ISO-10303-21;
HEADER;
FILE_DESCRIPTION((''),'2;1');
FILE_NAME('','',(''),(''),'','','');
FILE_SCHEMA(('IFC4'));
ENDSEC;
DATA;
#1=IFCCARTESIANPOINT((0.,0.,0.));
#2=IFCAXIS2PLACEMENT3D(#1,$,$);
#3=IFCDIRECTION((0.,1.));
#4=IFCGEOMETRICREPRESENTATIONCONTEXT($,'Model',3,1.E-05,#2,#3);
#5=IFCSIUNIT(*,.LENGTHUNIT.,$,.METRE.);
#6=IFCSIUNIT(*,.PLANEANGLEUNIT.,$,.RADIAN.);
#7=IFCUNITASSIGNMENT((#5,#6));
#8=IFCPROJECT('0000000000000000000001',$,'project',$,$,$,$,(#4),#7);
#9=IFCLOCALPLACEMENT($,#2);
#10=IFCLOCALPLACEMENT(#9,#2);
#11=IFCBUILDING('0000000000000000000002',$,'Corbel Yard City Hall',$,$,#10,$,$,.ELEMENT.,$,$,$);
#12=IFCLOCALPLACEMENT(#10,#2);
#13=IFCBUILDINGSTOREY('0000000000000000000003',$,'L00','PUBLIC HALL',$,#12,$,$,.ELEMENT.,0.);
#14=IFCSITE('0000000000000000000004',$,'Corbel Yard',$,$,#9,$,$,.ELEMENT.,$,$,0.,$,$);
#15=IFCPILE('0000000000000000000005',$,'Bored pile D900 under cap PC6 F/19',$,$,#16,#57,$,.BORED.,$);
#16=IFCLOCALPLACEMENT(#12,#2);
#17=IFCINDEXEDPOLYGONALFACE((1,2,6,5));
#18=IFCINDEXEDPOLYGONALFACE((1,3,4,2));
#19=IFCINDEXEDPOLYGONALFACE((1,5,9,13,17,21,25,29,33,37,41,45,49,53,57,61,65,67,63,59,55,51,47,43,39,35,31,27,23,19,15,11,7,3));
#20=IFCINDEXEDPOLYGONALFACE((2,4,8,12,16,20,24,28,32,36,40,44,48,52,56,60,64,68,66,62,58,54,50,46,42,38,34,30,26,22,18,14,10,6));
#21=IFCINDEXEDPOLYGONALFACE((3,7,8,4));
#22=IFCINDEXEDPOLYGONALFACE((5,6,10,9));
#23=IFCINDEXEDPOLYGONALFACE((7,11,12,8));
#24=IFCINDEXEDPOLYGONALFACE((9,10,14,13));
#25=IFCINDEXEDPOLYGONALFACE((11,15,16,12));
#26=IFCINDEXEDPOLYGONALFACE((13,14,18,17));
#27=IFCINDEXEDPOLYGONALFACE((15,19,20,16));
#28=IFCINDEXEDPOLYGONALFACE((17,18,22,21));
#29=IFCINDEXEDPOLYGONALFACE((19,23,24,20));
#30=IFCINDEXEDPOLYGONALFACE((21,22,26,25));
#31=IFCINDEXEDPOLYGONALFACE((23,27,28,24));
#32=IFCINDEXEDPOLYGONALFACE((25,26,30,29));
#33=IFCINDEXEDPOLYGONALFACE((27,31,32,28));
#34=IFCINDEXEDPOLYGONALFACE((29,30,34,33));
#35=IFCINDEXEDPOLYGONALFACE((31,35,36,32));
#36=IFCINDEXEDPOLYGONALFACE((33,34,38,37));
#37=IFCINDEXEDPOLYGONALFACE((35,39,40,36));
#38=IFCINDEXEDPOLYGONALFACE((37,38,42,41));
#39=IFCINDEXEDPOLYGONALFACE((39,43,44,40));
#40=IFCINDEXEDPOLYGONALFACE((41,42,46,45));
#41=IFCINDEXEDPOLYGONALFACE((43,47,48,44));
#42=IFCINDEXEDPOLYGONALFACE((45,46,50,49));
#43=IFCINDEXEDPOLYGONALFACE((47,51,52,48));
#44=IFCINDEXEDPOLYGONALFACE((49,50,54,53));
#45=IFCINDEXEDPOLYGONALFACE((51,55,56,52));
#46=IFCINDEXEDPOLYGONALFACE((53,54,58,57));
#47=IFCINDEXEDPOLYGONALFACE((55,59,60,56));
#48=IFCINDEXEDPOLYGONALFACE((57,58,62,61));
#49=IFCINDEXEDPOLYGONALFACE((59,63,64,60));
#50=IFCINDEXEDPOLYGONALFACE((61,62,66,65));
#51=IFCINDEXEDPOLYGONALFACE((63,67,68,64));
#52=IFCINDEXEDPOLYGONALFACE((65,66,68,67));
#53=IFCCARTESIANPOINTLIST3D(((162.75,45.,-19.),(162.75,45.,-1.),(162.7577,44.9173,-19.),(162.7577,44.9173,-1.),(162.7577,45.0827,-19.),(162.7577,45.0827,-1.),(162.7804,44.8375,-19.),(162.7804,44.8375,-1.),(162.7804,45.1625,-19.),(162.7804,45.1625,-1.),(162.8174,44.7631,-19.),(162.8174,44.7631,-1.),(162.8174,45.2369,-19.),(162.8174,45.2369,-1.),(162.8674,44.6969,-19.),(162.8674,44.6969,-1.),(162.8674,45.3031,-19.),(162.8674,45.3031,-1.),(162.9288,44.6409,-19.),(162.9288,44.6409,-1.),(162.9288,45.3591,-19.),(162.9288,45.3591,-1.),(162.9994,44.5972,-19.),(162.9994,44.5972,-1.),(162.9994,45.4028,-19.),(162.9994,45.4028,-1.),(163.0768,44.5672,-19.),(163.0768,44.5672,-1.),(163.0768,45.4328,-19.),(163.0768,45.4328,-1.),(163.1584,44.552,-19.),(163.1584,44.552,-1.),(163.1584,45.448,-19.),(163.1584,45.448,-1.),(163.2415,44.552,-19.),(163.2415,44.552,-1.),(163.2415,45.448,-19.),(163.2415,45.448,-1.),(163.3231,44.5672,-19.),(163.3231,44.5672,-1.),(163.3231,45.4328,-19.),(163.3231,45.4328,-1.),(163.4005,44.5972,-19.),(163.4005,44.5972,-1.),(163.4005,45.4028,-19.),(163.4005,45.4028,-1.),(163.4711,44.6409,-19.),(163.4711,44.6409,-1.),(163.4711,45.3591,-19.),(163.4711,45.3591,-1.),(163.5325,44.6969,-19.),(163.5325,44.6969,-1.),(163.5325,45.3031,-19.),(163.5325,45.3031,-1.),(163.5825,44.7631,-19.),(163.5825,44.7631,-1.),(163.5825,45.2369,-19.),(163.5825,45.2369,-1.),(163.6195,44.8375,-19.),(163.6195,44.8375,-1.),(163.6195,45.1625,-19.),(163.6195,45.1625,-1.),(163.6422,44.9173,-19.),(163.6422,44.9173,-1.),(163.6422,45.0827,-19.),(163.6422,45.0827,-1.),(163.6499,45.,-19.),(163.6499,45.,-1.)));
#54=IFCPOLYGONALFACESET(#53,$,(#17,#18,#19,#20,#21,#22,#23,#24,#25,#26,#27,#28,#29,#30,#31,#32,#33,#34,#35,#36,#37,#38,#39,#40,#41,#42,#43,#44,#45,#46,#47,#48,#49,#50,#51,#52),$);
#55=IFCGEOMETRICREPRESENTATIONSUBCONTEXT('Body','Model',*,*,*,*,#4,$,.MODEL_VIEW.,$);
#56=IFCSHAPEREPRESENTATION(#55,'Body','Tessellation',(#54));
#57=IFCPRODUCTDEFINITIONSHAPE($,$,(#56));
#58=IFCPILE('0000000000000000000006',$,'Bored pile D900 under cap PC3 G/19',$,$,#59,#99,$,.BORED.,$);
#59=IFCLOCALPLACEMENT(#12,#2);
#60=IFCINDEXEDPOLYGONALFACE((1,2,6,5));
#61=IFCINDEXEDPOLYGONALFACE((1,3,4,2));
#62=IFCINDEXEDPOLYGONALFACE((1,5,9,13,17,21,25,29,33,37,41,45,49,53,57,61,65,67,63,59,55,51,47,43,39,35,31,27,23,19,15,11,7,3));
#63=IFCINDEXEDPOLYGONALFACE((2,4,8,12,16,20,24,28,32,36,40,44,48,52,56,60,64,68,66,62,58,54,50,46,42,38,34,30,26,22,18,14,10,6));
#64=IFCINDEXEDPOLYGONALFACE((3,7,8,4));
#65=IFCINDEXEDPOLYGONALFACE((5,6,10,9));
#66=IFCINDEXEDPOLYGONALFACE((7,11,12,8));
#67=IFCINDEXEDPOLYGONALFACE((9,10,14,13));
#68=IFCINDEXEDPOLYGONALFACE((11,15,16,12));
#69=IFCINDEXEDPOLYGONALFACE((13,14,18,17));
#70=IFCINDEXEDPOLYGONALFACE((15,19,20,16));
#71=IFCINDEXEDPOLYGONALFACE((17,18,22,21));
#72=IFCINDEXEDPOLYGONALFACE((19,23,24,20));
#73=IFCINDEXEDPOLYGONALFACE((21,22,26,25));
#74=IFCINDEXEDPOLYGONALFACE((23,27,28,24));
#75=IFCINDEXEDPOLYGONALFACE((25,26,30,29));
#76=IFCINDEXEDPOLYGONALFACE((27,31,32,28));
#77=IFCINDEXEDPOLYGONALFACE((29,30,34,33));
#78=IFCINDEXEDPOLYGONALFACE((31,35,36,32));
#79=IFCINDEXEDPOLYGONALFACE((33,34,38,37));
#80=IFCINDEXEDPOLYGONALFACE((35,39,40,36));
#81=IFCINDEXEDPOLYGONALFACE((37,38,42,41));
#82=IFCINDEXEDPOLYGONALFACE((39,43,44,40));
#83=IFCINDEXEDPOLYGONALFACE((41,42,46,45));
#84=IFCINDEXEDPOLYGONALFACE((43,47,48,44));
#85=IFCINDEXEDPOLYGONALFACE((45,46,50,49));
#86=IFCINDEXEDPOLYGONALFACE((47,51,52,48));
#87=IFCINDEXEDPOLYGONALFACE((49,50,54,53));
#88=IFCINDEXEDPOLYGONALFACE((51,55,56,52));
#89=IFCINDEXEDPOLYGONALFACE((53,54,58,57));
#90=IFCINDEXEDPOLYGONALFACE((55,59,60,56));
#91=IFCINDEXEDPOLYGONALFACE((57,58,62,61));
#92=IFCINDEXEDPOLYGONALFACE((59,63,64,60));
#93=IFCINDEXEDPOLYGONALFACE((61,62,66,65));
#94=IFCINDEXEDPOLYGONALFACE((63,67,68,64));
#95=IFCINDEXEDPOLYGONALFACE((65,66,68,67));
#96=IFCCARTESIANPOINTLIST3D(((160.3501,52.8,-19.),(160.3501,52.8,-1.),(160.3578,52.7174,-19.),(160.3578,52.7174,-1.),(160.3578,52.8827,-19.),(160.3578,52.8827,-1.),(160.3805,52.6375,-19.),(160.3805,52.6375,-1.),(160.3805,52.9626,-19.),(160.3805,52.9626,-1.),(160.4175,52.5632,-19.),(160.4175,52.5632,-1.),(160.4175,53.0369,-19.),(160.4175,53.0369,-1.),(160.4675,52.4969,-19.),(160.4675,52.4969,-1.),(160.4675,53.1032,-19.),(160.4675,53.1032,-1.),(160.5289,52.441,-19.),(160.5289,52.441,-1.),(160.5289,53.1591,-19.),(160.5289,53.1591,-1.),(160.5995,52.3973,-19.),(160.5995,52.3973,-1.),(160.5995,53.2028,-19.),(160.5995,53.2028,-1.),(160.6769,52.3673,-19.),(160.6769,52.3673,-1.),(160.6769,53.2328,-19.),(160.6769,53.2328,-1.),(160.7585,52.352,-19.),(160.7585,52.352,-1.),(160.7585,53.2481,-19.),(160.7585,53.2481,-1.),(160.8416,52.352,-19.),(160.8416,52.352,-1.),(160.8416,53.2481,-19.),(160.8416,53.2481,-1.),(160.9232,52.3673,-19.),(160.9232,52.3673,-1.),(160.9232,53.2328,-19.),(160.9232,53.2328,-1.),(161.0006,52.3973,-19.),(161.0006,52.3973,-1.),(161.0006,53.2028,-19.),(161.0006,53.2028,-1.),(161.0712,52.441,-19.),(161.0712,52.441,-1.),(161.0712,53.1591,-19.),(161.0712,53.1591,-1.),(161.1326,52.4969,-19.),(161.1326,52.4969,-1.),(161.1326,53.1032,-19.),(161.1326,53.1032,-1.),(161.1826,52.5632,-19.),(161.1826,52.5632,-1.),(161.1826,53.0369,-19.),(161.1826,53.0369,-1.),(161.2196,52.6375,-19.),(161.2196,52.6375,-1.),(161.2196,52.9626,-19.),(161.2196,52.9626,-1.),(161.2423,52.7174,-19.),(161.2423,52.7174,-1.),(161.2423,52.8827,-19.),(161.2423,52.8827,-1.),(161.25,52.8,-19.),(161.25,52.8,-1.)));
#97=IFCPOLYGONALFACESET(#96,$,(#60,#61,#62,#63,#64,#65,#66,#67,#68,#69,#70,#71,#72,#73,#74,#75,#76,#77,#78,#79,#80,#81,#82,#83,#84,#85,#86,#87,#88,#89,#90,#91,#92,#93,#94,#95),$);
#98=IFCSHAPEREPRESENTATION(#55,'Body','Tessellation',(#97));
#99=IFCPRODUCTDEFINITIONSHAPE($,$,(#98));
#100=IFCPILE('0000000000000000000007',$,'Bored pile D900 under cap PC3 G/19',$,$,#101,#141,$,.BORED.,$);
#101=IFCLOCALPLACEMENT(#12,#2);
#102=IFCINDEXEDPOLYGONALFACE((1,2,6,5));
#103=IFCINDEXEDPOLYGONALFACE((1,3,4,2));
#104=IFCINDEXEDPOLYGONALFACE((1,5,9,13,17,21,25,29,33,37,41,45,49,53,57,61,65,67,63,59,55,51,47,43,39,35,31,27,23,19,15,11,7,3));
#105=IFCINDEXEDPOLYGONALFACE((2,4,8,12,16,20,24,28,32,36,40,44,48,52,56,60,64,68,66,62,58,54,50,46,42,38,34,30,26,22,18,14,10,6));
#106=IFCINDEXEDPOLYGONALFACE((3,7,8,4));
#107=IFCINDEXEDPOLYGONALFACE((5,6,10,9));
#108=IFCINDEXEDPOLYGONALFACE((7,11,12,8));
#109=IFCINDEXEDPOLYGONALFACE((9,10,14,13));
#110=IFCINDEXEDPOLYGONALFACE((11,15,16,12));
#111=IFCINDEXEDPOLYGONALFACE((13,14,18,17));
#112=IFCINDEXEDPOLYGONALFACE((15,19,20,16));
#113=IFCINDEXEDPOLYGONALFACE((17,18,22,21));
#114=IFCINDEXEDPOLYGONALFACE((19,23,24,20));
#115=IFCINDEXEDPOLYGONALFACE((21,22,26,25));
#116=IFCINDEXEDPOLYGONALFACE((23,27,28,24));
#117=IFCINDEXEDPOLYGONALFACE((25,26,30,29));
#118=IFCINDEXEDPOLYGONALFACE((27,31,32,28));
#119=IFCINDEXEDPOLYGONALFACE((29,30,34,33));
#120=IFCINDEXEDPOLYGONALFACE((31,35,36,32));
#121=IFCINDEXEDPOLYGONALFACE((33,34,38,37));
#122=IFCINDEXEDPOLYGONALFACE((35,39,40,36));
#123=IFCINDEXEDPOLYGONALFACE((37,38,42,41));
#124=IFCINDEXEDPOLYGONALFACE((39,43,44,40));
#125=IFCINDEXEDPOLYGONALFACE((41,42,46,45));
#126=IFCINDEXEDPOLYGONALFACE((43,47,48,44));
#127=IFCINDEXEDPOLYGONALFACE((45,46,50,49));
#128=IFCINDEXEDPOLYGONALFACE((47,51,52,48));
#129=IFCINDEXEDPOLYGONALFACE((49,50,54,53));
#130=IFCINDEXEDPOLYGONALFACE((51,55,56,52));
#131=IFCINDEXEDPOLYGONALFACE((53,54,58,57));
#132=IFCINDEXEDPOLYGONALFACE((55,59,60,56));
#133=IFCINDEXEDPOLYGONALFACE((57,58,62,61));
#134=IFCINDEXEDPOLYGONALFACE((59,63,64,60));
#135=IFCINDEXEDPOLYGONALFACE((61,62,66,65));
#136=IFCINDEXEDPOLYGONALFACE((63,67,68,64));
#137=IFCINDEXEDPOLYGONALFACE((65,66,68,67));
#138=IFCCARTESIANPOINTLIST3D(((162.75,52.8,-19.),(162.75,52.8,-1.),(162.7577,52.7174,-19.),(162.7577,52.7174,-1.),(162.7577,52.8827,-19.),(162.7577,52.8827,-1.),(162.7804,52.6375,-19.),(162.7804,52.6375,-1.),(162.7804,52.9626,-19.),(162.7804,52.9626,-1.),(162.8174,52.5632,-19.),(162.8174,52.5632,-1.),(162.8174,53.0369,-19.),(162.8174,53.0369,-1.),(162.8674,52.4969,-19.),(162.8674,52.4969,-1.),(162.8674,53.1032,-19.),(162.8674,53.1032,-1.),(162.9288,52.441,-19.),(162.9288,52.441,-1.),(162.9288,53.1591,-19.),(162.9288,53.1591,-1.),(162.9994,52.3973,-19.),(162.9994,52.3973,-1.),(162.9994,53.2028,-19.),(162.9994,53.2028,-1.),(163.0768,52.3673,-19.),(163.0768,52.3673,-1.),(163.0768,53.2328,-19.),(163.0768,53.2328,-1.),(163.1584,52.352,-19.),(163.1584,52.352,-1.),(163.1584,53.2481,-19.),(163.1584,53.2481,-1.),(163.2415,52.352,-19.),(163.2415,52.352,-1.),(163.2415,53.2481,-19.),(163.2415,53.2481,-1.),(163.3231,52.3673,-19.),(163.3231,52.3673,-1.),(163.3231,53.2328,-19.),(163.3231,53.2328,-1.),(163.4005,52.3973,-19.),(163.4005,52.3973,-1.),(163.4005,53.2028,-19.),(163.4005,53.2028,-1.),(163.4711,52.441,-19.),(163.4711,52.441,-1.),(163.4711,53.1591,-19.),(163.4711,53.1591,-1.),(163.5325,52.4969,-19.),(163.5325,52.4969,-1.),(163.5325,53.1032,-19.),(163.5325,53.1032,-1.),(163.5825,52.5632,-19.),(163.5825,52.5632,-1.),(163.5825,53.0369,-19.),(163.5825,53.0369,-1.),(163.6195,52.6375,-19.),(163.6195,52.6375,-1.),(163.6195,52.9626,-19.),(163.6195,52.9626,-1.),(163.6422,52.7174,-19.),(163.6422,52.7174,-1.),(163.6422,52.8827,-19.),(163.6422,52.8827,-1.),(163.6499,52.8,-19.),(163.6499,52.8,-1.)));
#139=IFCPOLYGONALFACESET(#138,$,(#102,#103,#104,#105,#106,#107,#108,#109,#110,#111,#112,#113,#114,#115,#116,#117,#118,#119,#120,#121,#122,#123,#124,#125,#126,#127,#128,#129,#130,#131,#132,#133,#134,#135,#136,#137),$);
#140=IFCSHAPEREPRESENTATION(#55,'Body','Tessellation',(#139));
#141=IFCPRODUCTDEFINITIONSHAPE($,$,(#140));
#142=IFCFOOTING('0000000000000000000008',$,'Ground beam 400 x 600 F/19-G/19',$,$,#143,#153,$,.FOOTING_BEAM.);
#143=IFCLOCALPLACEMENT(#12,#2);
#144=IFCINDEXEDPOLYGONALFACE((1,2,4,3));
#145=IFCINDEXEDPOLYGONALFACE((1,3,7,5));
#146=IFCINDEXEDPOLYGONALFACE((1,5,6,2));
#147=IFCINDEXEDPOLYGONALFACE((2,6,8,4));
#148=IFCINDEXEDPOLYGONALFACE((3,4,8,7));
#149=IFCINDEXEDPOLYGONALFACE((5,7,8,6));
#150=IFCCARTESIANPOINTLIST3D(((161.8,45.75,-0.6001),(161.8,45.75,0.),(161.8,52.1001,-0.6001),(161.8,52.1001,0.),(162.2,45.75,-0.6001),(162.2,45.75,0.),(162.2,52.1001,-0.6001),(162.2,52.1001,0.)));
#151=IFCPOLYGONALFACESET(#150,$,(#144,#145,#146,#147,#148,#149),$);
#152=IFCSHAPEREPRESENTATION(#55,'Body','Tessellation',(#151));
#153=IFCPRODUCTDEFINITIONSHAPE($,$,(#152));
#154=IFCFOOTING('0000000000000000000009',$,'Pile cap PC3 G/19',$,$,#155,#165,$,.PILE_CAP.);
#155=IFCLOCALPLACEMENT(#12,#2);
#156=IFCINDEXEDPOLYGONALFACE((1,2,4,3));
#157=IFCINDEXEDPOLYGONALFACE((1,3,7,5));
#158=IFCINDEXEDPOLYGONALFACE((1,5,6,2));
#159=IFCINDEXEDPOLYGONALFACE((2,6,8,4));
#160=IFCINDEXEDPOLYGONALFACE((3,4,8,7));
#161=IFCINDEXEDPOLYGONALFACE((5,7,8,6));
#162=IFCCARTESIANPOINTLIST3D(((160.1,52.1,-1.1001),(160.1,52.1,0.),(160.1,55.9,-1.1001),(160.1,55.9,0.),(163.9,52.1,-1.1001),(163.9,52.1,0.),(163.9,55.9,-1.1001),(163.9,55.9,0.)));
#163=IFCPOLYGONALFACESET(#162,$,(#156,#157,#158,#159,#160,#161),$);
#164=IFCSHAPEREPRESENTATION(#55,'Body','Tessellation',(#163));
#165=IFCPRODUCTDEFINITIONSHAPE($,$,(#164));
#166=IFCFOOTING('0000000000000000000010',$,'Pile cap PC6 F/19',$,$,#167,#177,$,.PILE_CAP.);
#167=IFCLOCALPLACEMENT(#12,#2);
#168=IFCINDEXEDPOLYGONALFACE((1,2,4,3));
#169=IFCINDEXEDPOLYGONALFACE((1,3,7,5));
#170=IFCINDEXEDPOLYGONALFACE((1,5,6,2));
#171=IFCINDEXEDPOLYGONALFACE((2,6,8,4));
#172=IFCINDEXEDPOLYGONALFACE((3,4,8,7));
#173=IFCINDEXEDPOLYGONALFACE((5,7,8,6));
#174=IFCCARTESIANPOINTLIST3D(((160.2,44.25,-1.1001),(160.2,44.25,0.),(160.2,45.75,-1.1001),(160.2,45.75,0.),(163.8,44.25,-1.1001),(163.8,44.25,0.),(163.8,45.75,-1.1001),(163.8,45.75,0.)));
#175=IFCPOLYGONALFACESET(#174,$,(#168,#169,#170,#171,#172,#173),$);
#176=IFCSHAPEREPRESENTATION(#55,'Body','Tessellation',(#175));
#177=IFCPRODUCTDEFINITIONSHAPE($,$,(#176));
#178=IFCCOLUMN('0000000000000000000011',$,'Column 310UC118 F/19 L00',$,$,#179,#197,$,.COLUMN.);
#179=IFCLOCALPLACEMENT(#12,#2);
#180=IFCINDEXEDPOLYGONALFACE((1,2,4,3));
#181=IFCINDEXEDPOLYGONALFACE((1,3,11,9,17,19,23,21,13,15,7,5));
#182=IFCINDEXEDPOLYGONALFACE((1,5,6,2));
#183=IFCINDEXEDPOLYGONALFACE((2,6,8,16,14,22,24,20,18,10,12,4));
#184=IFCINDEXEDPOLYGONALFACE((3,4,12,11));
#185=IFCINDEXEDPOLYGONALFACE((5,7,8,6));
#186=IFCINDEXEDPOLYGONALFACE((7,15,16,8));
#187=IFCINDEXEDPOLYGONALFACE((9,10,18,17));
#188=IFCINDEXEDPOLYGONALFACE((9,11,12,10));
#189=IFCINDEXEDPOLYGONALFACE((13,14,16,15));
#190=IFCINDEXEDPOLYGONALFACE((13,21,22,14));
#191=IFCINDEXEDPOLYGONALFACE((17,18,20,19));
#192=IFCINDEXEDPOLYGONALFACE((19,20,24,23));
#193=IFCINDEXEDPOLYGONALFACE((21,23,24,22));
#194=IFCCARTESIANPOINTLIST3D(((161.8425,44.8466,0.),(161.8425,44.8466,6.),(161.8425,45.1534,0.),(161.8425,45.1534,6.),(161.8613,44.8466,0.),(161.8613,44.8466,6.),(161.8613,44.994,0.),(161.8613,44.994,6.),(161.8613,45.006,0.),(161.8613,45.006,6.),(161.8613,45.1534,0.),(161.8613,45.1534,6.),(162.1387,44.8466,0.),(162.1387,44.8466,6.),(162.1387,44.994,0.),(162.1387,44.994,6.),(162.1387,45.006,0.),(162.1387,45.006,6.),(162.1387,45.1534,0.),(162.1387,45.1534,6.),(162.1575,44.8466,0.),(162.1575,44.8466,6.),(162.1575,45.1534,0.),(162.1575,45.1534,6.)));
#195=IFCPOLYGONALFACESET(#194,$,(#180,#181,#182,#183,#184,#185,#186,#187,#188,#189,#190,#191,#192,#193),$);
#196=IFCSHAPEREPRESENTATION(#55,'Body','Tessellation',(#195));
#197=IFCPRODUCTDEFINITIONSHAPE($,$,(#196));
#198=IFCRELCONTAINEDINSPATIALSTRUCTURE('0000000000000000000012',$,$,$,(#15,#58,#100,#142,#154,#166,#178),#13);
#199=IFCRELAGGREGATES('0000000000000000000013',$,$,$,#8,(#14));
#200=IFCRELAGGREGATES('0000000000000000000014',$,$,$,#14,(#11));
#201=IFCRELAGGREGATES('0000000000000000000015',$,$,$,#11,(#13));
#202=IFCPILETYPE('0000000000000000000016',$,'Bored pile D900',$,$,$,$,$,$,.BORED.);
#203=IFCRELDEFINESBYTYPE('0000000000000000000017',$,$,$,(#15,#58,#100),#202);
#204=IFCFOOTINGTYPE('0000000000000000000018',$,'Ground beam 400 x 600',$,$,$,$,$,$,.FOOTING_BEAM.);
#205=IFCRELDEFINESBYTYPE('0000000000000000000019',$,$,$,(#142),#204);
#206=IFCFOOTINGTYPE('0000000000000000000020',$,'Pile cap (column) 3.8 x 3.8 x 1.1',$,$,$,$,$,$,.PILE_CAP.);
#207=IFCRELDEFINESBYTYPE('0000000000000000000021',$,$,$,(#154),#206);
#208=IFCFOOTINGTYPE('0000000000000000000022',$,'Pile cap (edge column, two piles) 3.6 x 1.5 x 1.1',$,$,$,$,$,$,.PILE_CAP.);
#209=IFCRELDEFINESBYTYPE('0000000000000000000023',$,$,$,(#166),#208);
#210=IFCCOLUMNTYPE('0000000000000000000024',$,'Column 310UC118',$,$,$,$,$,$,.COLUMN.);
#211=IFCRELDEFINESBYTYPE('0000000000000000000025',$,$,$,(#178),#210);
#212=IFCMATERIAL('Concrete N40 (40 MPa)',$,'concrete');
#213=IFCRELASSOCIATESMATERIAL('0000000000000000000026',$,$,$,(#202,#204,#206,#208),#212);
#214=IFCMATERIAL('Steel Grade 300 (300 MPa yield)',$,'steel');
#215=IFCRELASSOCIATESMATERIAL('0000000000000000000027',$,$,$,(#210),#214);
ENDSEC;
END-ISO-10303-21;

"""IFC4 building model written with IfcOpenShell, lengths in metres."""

from ifc_helpers import new_model, si_unit, direction, frame, origin, origin_2d, place, context, subcontext, project, spatial, rectangle, circle, i_section, extrude, material, material_profile, profile_set, type_object, element, save


model = new_model("IFC4")

# Units and contexts
model_context = context("Model", 3, precision=1e-05, world=origin(), true_north=direction((0.0, 1.0)))
body_context = subcontext(model_context, "Body", "Model", "MODEL_VIEW")
ifc_project = project(units=[si_unit("LENGTHUNIT", "METRE"), si_unit("PLANEANGLEUNIT", "RADIAN")], contexts=[model_context])

# Site, building, storey
site_placement = place(None, origin())
site = spatial("IfcSite", under=ifc_project, at=site_placement, Name="Corbel Yard", CompositionType="ELEMENT", RefElevation=0.0)
building_placement = place(site_placement, origin())
building = spatial("IfcBuilding", under=site, at=building_placement, Name="Corbel Yard City Hall", CompositionType="ELEMENT")
storey_placement = place(building_placement, origin())
storey = spatial("IfcBuildingStorey", under=building, at=storey_placement, Name="L00", Description="PUBLIC HALL", CompositionType="ELEMENT", Elevation=0.0)

# Piles
ifc_material_1 = material(Name="Concrete N40 (40 MPa)", Category="concrete")
ifc_material_profile_1 = material_profile(ifc_material_1, circle(Radius=0.45, at=origin_2d()), Name="D900")
ifc_profile_set_1 = profile_set([ifc_material_profile_1], Name="Concrete N40 (40 MPa)")
pile_type = type_object("IfcPileType", Name="Bored pile D900", PredefinedType="BORED", material=ifc_profile_set_1)
for number, where, z_axis, x_axis, name in (
    (1, (163.2, 45.0, -1.0), (0.0, 0.0, -1.0), (1.0, 0.0, 0.0), "Bored pile D900 under cap PC6 F/19"),
    (2, (160.8, 52.8, -1.0), (0.0, 0.0, -1.0), (1.0, 0.0, 0.0), "Bored pile D900 under cap PC3 G/19"),
    (3, (163.2, 52.8, -1.0), (0.0, 0.0, -1.0), (1.0, 0.0, 0.0), "Bored pile D900 under cap PC3 G/19"),
):
    element("IfcPile", number, at=place(storey_placement, frame(where, z_axis=z_axis, x_axis=x_axis)), inside=storey, type_object=pile_type, Name=name, PredefinedType="BORED", context=body_context, shape_type="SweptSolid", body=[
        extrude(circle(Radius=0.45, at=origin_2d()), origin(), (0.0, 0.0, 1.0), 18.0),
    ])

# Footings
footing_type_1 = type_object("IfcFootingType", Name="Ground beam 400 x 600", PredefinedType="FOOTING_BEAM", material=ifc_material_1)
footing_1_placement = place(storey_placement, frame((162.0, 48.925, -0.6001), z_axis=(0.0, 0.0, 1.0), x_axis=(1.0, 0.0, 0.0)))
element("IfcFooting", 4, at=footing_1_placement, inside=storey, type_object=footing_type_1, Name="Ground beam 400 x 600 F/19-G/19", PredefinedType="FOOTING_BEAM", context=body_context, shape_type="SweptSolid", body=[
    extrude(rectangle(XDim=0.3999, YDim=6.3501, at=origin_2d()), origin(), (0.0, 0.0, 1.0), 0.6001),
])
footing_type_2 = type_object("IfcFootingType", Name="Pile cap (column) 3.8 x 3.8 x 1.1", PredefinedType="PILE_CAP", material=ifc_material_1)
footing_2_placement = place(storey_placement, frame((162.0, 54.0, -1.1001), z_axis=(0.0, 0.0, 1.0), x_axis=(1.0, 0.0, 0.0)))
element("IfcFooting", 5, at=footing_2_placement, inside=storey, type_object=footing_type_2, Name="Pile cap PC3 G/19", PredefinedType="PILE_CAP", context=body_context, shape_type="SweptSolid", body=[
    extrude(rectangle(XDim=3.8, YDim=3.8, at=origin_2d()), origin(), (0.0, 0.0, 1.0), 1.1001),
])
footing_type_3 = type_object("IfcFootingType", Name="Pile cap (edge column, two piles) 3.6 x 1.5 x 1.1", PredefinedType="PILE_CAP", material=ifc_material_1)
footing_3_placement = place(storey_placement, frame((162.0, 45.0, -1.1001), z_axis=(0.0, 0.0, 1.0), x_axis=(1.0, 0.0, 0.0)))
element("IfcFooting", 6, at=footing_3_placement, inside=storey, type_object=footing_type_3, Name="Pile cap PC6 F/19", PredefinedType="PILE_CAP", context=body_context, shape_type="SweptSolid", body=[
    extrude(rectangle(XDim=3.6001, YDim=1.5, at=origin_2d()), origin(), (0.0, 0.0, 1.0), 1.1001),
])

# Column
ifc_material_2 = material(Name="Steel Grade 300 (300 MPa yield)", Category="steel")
ifc_material_profile_2 = material_profile(ifc_material_2, i_section(OverallWidth=0.3069, OverallDepth=0.3149, WebThickness=0.012, FlangeThickness=0.0188, at=origin_2d()), Name="310UC118")
ifc_profile_set_2 = profile_set([ifc_material_profile_2], Name="Steel Grade 300 (300 MPa yield)")
column_type_1 = type_object("IfcColumnType", Name="Column 310UC118", PredefinedType="COLUMN", material=ifc_profile_set_2)
column_1_placement = place(storey_placement, frame((162.0, 45.0, 0.0), z_axis=(0.0, 0.0, 1.0), x_axis=(0.0, 1.0, 0.0)))
element("IfcColumn", 7, at=column_1_placement, inside=storey, type_object=column_type_1, Name="Column 310UC118 F/19 L00", PredefinedType="COLUMN", context=body_context, shape_type="SweptSolid", body=[
    extrude(i_section(OverallWidth=0.3069, OverallDepth=0.3149, WebThickness=0.012, FlangeThickness=0.0188, at=origin_2d()), origin(), (0.0, 0.0, 1.0), 6.0),
])

save(model, "model.ifc")
